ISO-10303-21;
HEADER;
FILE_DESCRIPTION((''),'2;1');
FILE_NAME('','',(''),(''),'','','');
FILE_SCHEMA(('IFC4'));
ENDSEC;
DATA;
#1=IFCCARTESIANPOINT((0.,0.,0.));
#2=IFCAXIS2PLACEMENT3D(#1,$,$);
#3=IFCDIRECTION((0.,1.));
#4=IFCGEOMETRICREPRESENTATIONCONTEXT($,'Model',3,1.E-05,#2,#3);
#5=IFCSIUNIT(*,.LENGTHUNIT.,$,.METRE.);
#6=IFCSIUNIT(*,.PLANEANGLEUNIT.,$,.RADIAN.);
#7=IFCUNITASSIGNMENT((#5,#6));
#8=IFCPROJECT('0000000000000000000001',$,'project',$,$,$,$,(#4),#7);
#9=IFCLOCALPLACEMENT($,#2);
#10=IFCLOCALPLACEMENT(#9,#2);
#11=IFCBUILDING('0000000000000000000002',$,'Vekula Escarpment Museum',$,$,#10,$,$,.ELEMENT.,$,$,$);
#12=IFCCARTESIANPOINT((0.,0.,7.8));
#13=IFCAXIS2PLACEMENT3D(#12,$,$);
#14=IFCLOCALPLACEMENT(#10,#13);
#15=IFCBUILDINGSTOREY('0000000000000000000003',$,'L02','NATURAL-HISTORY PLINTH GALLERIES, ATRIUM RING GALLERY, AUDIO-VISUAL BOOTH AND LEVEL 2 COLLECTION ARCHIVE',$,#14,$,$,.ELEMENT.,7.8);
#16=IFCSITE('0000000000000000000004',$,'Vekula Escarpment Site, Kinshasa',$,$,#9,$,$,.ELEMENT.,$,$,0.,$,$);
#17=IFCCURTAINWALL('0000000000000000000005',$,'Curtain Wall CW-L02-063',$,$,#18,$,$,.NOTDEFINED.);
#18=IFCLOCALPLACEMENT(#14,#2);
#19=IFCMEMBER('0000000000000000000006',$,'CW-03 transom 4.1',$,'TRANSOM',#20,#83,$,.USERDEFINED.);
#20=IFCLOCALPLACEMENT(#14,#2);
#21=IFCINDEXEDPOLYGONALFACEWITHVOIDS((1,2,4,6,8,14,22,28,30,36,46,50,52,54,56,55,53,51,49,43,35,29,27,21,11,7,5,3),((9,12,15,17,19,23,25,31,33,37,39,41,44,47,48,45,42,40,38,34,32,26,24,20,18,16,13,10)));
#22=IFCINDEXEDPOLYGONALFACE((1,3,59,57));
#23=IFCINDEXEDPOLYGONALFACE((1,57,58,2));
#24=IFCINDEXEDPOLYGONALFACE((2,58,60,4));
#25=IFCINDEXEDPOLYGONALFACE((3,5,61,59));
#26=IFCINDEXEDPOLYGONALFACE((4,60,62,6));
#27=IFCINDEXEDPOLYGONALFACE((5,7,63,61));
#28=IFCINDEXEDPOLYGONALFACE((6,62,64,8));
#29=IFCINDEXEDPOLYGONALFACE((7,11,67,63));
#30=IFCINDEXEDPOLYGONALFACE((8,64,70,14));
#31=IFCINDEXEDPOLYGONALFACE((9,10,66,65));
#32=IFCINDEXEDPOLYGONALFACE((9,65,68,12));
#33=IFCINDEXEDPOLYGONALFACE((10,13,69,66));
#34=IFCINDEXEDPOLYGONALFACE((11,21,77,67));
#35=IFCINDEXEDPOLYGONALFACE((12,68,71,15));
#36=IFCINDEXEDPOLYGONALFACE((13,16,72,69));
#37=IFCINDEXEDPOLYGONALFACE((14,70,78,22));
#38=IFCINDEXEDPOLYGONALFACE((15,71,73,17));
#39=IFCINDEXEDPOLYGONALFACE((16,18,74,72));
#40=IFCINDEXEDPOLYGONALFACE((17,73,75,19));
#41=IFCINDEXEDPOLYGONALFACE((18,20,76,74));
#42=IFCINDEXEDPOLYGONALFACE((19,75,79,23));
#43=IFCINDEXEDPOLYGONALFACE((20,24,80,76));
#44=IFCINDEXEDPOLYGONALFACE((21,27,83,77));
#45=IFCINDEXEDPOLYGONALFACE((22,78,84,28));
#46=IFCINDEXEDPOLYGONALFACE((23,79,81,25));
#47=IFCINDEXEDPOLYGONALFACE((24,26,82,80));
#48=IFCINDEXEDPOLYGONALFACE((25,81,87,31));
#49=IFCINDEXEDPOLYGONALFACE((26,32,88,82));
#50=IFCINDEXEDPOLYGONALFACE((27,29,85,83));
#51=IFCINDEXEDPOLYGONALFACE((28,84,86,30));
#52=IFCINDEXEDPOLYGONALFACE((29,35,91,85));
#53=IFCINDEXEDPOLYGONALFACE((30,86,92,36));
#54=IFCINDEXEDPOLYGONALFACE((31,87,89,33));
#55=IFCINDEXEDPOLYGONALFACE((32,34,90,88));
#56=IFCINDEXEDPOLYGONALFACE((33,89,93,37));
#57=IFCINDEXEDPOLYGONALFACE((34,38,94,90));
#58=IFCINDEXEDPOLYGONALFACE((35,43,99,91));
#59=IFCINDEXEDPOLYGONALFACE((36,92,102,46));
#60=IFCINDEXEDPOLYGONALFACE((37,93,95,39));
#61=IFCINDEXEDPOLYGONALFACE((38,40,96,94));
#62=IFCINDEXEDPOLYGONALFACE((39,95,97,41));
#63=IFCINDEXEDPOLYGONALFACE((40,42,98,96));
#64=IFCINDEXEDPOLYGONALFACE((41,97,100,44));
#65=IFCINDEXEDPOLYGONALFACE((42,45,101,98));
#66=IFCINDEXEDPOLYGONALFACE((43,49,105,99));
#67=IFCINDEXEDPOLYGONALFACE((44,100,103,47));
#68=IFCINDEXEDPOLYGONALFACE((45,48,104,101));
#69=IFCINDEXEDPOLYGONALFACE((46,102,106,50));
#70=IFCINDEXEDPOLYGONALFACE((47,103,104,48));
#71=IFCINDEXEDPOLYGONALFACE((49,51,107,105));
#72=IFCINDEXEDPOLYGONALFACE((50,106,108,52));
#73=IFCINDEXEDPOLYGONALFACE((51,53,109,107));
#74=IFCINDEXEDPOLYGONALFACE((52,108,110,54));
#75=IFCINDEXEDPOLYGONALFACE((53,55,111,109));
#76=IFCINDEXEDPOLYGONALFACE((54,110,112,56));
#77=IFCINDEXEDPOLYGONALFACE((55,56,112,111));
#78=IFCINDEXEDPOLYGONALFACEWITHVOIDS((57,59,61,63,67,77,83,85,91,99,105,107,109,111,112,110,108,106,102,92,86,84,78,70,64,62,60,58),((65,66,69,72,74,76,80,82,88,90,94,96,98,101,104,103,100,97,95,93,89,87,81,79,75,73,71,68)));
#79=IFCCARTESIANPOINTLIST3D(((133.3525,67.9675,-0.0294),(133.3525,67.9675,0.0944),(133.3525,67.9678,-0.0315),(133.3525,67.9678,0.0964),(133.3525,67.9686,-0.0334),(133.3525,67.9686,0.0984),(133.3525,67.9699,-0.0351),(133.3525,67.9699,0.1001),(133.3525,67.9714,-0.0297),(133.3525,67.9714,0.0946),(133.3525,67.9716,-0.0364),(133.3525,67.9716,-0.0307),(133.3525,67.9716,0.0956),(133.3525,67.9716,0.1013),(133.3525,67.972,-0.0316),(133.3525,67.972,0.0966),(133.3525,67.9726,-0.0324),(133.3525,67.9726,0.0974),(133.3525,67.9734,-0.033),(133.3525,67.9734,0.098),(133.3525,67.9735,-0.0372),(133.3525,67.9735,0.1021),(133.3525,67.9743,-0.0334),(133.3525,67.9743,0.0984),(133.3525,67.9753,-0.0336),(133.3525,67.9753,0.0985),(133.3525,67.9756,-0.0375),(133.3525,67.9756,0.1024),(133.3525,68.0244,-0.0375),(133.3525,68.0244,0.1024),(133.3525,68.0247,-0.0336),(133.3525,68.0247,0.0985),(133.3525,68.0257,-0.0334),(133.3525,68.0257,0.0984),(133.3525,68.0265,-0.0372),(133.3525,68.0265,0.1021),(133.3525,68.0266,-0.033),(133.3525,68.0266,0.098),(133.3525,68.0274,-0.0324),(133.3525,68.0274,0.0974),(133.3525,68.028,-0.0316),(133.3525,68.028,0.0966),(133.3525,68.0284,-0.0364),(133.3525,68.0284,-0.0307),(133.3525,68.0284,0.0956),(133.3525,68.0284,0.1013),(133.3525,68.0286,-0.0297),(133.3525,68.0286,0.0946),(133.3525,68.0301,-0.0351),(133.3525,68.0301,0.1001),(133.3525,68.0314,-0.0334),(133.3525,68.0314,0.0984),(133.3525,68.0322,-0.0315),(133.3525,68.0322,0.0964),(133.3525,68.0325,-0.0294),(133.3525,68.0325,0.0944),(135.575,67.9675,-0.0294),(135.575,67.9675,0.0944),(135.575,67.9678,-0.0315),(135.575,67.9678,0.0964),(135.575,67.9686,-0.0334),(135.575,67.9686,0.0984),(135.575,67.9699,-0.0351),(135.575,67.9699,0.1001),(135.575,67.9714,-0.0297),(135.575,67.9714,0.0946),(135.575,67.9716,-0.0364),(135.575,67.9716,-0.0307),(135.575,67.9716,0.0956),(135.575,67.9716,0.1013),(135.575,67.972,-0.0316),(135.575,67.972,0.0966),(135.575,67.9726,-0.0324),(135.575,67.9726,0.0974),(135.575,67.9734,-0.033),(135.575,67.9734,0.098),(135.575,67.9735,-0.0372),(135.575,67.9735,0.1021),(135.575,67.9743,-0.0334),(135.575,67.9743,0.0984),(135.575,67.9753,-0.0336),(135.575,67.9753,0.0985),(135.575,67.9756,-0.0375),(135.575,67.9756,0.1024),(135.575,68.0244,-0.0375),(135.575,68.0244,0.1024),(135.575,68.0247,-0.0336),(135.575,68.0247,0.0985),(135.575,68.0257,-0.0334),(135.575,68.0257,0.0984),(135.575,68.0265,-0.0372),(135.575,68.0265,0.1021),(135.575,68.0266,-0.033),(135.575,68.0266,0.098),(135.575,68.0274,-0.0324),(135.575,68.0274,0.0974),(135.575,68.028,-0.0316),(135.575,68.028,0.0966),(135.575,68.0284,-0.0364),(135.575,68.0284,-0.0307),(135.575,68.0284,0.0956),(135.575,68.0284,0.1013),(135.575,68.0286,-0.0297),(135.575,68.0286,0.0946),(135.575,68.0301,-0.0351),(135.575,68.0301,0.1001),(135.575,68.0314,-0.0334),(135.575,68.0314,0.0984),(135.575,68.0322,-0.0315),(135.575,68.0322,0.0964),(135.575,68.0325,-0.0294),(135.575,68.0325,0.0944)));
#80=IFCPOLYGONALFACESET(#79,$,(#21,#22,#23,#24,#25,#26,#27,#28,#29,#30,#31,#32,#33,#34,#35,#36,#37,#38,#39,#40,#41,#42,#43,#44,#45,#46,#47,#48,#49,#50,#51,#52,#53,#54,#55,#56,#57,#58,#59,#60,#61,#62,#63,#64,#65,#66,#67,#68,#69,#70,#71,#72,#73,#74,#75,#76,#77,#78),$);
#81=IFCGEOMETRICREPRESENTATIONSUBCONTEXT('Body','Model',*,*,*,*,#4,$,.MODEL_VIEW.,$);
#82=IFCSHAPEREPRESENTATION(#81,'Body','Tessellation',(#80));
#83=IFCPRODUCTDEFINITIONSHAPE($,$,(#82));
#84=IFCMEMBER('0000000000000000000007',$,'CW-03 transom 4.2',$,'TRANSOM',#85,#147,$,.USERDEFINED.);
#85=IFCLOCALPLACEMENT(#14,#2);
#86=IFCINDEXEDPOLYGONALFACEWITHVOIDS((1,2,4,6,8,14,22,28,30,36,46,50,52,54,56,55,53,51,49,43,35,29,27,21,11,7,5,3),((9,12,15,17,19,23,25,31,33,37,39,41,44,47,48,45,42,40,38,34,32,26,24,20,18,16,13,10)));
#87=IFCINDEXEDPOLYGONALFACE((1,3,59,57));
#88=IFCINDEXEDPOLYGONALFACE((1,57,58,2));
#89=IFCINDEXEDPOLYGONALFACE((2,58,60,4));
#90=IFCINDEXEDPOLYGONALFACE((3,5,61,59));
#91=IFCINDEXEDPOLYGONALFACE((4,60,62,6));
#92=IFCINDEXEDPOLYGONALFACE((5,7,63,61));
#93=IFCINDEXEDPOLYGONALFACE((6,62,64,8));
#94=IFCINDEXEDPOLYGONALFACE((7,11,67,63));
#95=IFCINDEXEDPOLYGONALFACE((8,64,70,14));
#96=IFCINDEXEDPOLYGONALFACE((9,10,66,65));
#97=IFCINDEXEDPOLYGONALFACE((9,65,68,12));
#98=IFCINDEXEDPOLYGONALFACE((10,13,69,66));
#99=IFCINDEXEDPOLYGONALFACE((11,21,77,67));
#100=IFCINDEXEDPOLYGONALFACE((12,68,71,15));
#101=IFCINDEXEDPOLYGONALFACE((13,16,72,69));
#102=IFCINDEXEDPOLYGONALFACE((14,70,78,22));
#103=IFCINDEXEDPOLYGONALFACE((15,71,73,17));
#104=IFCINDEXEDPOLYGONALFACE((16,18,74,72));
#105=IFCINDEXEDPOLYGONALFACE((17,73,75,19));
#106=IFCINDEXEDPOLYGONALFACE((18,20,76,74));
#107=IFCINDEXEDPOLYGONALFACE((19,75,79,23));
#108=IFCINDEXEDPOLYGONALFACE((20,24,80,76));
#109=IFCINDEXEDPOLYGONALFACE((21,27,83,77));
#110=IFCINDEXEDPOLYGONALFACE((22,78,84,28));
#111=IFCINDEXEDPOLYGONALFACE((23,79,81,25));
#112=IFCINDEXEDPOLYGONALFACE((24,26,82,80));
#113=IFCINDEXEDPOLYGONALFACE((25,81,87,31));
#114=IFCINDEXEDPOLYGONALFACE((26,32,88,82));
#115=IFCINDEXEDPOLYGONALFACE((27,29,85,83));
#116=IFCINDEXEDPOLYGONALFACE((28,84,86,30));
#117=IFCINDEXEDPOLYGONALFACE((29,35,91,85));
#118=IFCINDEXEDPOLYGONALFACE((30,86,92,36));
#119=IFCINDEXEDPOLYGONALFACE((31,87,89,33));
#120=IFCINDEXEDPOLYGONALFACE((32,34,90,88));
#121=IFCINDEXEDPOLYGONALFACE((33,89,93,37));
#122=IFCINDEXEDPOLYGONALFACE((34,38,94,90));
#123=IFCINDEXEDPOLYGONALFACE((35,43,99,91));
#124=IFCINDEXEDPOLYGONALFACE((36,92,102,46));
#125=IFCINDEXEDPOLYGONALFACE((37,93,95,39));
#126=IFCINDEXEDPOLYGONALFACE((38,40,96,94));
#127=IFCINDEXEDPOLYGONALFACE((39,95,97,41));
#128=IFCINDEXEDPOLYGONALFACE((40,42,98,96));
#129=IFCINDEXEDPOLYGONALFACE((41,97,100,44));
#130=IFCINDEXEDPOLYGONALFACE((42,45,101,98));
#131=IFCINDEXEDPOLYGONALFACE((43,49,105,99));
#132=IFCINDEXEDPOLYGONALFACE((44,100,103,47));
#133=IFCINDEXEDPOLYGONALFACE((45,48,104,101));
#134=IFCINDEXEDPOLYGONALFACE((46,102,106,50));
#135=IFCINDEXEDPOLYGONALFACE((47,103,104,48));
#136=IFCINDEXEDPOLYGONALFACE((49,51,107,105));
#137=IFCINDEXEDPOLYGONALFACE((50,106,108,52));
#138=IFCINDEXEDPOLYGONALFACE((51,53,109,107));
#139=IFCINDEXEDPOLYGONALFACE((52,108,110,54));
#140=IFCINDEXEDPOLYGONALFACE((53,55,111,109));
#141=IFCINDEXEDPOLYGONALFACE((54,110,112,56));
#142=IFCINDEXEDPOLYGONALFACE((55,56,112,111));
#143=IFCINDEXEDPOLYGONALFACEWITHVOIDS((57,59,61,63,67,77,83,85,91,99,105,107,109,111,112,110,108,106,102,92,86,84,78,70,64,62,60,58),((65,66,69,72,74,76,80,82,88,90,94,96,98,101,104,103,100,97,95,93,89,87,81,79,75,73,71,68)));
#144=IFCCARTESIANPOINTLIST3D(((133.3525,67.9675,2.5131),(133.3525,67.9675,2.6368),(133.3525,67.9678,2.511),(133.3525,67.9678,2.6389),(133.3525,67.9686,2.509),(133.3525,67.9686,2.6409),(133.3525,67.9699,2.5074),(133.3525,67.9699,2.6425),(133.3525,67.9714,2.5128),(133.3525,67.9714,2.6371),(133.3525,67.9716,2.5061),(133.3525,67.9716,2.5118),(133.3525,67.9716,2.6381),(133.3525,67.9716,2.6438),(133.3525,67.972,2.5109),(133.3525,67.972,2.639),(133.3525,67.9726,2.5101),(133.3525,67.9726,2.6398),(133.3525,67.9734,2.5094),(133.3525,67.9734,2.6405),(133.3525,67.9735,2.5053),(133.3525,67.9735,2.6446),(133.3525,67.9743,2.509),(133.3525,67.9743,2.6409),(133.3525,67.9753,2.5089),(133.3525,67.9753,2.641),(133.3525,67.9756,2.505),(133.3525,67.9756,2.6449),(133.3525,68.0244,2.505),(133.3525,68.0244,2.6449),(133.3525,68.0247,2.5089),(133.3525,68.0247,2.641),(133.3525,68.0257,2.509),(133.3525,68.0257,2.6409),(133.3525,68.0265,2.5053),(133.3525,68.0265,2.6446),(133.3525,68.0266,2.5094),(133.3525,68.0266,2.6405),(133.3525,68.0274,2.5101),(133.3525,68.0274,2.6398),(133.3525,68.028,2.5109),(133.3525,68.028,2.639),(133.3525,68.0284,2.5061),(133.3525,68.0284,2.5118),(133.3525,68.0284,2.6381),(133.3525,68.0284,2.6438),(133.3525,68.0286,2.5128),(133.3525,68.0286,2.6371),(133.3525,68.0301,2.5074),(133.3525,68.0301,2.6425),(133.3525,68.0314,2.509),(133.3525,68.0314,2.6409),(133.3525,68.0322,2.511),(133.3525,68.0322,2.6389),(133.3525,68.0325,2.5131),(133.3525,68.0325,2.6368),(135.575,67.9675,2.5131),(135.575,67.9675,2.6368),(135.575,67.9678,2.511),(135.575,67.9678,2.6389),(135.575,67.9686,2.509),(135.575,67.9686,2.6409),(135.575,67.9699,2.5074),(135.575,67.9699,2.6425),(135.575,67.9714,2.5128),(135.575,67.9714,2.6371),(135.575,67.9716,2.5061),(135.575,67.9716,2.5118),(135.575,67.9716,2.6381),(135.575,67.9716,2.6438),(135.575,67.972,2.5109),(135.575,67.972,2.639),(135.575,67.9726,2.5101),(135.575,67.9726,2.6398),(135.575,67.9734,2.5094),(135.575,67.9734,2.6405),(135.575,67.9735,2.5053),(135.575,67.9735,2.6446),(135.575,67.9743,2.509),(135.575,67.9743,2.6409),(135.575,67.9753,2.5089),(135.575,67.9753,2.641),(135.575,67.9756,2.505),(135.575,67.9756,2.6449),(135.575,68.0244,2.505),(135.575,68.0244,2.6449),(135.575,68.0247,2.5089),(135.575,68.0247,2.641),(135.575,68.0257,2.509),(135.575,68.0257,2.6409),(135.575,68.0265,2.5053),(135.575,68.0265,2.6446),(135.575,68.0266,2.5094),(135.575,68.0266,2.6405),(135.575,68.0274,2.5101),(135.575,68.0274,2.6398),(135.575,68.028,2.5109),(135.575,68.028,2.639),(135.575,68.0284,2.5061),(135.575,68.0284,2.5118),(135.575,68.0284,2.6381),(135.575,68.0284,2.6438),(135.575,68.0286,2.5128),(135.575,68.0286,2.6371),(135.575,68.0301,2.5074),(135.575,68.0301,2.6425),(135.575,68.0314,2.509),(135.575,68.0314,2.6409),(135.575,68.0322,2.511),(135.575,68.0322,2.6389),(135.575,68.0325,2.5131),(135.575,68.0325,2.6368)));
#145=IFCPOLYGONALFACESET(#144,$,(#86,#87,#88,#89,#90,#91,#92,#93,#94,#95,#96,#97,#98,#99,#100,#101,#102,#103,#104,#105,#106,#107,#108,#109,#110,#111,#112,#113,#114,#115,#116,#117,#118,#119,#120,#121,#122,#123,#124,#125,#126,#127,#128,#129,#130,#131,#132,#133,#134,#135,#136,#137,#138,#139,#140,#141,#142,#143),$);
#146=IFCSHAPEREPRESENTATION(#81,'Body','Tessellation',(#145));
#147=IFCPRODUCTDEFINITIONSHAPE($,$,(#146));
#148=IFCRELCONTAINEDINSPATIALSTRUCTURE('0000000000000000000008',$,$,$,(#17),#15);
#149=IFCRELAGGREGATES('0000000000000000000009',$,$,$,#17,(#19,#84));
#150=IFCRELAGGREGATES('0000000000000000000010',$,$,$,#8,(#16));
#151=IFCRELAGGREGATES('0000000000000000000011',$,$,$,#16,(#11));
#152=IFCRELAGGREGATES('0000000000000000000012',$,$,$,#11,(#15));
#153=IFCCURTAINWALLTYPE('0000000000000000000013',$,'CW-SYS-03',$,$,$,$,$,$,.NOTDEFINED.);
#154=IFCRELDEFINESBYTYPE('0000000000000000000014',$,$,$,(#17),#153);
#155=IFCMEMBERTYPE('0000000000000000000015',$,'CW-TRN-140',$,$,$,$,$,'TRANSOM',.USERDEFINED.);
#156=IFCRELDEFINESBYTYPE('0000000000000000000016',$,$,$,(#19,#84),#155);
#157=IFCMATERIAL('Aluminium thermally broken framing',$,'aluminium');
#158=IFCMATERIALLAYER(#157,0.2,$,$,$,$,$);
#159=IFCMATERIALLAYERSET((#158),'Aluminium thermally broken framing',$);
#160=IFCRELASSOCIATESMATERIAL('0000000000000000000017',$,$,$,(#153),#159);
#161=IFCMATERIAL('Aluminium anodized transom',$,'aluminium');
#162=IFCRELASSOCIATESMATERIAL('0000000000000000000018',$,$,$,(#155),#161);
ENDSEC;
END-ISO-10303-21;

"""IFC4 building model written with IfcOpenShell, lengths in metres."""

from ifc_helpers import new_model, si_unit, direction, frame, origin, origin_2d, place, context, subcontext, project, spatial, hollow_rectangle, extrude, material, layer, layer_set, material_profile, profile_set, type_object, element, aggregate, save


model = new_model("IFC4")

# Units and contexts
model_context = context("Model", 3, precision=1e-05, world=origin(), true_north=direction((0.0, 1.0)))
body_context = subcontext(model_context, "Body", "Model", "MODEL_VIEW")
ifc_project = project(units=[si_unit("LENGTHUNIT", "METRE"), si_unit("PLANEANGLEUNIT", "RADIAN")], contexts=[model_context])

# Site, building, storey
site_placement = place(None, origin())
site = spatial("IfcSite", under=ifc_project, at=site_placement, Name="Vekula Escarpment Site, Kinshasa", CompositionType="ELEMENT", RefElevation=0.0)
building_placement = place(site_placement, origin())
building = spatial("IfcBuilding", under=site, at=building_placement, Name="Vekula Escarpment Museum", CompositionType="ELEMENT")
storey_placement = place(building_placement, frame((0.0, 0.0, 7.8)))
storey = spatial("IfcBuildingStorey", under=building, at=storey_placement, Name="L02", Description="NATURAL-HISTORY PLINTH GALLERIES, ATRIUM RING GALLERY, AUDIO-VISUAL BOOTH AND LEVEL 2 COLLECTION ARCHIVE", CompositionType="ELEMENT", Elevation=7.8)

# Curtain wall, members
ifc_material_1 = material(Name="Aluminium thermally broken framing", Category="aluminium")
ifc_layer_1 = layer(ifc_material_1, 0.2)
ifc_layer_set_1 = layer_set([ifc_layer_1], Name="Aluminium thermally broken framing")
curtain_wall_type = type_object("IfcCurtainWallType", Name="CW-SYS-03", PredefinedType="NOTDEFINED", material=ifc_layer_set_1)
curtain_wall_placement = place(storey_placement, origin())
curtain_wall = element("IfcCurtainWall", 1, at=curtain_wall_placement, inside=storey, type_object=curtain_wall_type, Name="Curtain Wall CW-L02-063", PredefinedType="NOTDEFINED")
ifc_material_2 = material(Name="Aluminium anodized transom", Category="aluminium")
ifc_material_profile_1 = material_profile(ifc_material_2, hollow_rectangle(XDim=0.0649, YDim=0.1399, WallThickness=0.0039, InnerFilletRadius=0.0039, OuterFilletRadius=0.0081, at=origin_2d()), Name="ALU 140x65x4")
ifc_profile_set_1 = profile_set([ifc_material_profile_1], Name="Aluminium anodized transom")
member_type_1 = type_object("IfcMemberType", Name="CW-TRN-140", ElementType="TRANSOM", PredefinedType="USERDEFINED", material=ifc_profile_set_1)
member_1_placement = place(storey_placement, frame((133.3525, 68.0, 0.0325), z_axis=(1.0, 0.0, 0.0), x_axis=(0.0, 1.0, 0.0)))
member_1 = element("IfcMember", 2, at=member_1_placement, type_object=member_type_1, Name="CW-03 transom 4.1", ObjectType="TRANSOM", PredefinedType="USERDEFINED", context=body_context, shape_type="SweptSolid", body=[
    extrude(hollow_rectangle(XDim=0.0649, YDim=0.1399, WallThickness=0.0039, InnerFilletRadius=0.0039, OuterFilletRadius=0.0081, at=origin_2d()), origin(), (0.0, 0.0, 1.0), 2.2224),
])
member_2_placement = place(storey_placement, frame((133.3525, 68.0, 2.575), z_axis=(1.0, 0.0, 0.0), x_axis=(0.0, 1.0, 0.0)))
member_2 = element("IfcMember", 3, at=member_2_placement, type_object=member_type_1, Name="CW-03 transom 4.2", ObjectType="TRANSOM", PredefinedType="USERDEFINED", context=body_context, shape_type="SweptSolid", body=[
    extrude(hollow_rectangle(XDim=0.0649, YDim=0.1399, WallThickness=0.0039, InnerFilletRadius=0.0039, OuterFilletRadius=0.0081, at=origin_2d()), origin(), (0.0, 0.0, 1.0), 2.2224),
])

aggregate(curtain_wall, [member_1, member_2])

save(model, "model.ifc")
